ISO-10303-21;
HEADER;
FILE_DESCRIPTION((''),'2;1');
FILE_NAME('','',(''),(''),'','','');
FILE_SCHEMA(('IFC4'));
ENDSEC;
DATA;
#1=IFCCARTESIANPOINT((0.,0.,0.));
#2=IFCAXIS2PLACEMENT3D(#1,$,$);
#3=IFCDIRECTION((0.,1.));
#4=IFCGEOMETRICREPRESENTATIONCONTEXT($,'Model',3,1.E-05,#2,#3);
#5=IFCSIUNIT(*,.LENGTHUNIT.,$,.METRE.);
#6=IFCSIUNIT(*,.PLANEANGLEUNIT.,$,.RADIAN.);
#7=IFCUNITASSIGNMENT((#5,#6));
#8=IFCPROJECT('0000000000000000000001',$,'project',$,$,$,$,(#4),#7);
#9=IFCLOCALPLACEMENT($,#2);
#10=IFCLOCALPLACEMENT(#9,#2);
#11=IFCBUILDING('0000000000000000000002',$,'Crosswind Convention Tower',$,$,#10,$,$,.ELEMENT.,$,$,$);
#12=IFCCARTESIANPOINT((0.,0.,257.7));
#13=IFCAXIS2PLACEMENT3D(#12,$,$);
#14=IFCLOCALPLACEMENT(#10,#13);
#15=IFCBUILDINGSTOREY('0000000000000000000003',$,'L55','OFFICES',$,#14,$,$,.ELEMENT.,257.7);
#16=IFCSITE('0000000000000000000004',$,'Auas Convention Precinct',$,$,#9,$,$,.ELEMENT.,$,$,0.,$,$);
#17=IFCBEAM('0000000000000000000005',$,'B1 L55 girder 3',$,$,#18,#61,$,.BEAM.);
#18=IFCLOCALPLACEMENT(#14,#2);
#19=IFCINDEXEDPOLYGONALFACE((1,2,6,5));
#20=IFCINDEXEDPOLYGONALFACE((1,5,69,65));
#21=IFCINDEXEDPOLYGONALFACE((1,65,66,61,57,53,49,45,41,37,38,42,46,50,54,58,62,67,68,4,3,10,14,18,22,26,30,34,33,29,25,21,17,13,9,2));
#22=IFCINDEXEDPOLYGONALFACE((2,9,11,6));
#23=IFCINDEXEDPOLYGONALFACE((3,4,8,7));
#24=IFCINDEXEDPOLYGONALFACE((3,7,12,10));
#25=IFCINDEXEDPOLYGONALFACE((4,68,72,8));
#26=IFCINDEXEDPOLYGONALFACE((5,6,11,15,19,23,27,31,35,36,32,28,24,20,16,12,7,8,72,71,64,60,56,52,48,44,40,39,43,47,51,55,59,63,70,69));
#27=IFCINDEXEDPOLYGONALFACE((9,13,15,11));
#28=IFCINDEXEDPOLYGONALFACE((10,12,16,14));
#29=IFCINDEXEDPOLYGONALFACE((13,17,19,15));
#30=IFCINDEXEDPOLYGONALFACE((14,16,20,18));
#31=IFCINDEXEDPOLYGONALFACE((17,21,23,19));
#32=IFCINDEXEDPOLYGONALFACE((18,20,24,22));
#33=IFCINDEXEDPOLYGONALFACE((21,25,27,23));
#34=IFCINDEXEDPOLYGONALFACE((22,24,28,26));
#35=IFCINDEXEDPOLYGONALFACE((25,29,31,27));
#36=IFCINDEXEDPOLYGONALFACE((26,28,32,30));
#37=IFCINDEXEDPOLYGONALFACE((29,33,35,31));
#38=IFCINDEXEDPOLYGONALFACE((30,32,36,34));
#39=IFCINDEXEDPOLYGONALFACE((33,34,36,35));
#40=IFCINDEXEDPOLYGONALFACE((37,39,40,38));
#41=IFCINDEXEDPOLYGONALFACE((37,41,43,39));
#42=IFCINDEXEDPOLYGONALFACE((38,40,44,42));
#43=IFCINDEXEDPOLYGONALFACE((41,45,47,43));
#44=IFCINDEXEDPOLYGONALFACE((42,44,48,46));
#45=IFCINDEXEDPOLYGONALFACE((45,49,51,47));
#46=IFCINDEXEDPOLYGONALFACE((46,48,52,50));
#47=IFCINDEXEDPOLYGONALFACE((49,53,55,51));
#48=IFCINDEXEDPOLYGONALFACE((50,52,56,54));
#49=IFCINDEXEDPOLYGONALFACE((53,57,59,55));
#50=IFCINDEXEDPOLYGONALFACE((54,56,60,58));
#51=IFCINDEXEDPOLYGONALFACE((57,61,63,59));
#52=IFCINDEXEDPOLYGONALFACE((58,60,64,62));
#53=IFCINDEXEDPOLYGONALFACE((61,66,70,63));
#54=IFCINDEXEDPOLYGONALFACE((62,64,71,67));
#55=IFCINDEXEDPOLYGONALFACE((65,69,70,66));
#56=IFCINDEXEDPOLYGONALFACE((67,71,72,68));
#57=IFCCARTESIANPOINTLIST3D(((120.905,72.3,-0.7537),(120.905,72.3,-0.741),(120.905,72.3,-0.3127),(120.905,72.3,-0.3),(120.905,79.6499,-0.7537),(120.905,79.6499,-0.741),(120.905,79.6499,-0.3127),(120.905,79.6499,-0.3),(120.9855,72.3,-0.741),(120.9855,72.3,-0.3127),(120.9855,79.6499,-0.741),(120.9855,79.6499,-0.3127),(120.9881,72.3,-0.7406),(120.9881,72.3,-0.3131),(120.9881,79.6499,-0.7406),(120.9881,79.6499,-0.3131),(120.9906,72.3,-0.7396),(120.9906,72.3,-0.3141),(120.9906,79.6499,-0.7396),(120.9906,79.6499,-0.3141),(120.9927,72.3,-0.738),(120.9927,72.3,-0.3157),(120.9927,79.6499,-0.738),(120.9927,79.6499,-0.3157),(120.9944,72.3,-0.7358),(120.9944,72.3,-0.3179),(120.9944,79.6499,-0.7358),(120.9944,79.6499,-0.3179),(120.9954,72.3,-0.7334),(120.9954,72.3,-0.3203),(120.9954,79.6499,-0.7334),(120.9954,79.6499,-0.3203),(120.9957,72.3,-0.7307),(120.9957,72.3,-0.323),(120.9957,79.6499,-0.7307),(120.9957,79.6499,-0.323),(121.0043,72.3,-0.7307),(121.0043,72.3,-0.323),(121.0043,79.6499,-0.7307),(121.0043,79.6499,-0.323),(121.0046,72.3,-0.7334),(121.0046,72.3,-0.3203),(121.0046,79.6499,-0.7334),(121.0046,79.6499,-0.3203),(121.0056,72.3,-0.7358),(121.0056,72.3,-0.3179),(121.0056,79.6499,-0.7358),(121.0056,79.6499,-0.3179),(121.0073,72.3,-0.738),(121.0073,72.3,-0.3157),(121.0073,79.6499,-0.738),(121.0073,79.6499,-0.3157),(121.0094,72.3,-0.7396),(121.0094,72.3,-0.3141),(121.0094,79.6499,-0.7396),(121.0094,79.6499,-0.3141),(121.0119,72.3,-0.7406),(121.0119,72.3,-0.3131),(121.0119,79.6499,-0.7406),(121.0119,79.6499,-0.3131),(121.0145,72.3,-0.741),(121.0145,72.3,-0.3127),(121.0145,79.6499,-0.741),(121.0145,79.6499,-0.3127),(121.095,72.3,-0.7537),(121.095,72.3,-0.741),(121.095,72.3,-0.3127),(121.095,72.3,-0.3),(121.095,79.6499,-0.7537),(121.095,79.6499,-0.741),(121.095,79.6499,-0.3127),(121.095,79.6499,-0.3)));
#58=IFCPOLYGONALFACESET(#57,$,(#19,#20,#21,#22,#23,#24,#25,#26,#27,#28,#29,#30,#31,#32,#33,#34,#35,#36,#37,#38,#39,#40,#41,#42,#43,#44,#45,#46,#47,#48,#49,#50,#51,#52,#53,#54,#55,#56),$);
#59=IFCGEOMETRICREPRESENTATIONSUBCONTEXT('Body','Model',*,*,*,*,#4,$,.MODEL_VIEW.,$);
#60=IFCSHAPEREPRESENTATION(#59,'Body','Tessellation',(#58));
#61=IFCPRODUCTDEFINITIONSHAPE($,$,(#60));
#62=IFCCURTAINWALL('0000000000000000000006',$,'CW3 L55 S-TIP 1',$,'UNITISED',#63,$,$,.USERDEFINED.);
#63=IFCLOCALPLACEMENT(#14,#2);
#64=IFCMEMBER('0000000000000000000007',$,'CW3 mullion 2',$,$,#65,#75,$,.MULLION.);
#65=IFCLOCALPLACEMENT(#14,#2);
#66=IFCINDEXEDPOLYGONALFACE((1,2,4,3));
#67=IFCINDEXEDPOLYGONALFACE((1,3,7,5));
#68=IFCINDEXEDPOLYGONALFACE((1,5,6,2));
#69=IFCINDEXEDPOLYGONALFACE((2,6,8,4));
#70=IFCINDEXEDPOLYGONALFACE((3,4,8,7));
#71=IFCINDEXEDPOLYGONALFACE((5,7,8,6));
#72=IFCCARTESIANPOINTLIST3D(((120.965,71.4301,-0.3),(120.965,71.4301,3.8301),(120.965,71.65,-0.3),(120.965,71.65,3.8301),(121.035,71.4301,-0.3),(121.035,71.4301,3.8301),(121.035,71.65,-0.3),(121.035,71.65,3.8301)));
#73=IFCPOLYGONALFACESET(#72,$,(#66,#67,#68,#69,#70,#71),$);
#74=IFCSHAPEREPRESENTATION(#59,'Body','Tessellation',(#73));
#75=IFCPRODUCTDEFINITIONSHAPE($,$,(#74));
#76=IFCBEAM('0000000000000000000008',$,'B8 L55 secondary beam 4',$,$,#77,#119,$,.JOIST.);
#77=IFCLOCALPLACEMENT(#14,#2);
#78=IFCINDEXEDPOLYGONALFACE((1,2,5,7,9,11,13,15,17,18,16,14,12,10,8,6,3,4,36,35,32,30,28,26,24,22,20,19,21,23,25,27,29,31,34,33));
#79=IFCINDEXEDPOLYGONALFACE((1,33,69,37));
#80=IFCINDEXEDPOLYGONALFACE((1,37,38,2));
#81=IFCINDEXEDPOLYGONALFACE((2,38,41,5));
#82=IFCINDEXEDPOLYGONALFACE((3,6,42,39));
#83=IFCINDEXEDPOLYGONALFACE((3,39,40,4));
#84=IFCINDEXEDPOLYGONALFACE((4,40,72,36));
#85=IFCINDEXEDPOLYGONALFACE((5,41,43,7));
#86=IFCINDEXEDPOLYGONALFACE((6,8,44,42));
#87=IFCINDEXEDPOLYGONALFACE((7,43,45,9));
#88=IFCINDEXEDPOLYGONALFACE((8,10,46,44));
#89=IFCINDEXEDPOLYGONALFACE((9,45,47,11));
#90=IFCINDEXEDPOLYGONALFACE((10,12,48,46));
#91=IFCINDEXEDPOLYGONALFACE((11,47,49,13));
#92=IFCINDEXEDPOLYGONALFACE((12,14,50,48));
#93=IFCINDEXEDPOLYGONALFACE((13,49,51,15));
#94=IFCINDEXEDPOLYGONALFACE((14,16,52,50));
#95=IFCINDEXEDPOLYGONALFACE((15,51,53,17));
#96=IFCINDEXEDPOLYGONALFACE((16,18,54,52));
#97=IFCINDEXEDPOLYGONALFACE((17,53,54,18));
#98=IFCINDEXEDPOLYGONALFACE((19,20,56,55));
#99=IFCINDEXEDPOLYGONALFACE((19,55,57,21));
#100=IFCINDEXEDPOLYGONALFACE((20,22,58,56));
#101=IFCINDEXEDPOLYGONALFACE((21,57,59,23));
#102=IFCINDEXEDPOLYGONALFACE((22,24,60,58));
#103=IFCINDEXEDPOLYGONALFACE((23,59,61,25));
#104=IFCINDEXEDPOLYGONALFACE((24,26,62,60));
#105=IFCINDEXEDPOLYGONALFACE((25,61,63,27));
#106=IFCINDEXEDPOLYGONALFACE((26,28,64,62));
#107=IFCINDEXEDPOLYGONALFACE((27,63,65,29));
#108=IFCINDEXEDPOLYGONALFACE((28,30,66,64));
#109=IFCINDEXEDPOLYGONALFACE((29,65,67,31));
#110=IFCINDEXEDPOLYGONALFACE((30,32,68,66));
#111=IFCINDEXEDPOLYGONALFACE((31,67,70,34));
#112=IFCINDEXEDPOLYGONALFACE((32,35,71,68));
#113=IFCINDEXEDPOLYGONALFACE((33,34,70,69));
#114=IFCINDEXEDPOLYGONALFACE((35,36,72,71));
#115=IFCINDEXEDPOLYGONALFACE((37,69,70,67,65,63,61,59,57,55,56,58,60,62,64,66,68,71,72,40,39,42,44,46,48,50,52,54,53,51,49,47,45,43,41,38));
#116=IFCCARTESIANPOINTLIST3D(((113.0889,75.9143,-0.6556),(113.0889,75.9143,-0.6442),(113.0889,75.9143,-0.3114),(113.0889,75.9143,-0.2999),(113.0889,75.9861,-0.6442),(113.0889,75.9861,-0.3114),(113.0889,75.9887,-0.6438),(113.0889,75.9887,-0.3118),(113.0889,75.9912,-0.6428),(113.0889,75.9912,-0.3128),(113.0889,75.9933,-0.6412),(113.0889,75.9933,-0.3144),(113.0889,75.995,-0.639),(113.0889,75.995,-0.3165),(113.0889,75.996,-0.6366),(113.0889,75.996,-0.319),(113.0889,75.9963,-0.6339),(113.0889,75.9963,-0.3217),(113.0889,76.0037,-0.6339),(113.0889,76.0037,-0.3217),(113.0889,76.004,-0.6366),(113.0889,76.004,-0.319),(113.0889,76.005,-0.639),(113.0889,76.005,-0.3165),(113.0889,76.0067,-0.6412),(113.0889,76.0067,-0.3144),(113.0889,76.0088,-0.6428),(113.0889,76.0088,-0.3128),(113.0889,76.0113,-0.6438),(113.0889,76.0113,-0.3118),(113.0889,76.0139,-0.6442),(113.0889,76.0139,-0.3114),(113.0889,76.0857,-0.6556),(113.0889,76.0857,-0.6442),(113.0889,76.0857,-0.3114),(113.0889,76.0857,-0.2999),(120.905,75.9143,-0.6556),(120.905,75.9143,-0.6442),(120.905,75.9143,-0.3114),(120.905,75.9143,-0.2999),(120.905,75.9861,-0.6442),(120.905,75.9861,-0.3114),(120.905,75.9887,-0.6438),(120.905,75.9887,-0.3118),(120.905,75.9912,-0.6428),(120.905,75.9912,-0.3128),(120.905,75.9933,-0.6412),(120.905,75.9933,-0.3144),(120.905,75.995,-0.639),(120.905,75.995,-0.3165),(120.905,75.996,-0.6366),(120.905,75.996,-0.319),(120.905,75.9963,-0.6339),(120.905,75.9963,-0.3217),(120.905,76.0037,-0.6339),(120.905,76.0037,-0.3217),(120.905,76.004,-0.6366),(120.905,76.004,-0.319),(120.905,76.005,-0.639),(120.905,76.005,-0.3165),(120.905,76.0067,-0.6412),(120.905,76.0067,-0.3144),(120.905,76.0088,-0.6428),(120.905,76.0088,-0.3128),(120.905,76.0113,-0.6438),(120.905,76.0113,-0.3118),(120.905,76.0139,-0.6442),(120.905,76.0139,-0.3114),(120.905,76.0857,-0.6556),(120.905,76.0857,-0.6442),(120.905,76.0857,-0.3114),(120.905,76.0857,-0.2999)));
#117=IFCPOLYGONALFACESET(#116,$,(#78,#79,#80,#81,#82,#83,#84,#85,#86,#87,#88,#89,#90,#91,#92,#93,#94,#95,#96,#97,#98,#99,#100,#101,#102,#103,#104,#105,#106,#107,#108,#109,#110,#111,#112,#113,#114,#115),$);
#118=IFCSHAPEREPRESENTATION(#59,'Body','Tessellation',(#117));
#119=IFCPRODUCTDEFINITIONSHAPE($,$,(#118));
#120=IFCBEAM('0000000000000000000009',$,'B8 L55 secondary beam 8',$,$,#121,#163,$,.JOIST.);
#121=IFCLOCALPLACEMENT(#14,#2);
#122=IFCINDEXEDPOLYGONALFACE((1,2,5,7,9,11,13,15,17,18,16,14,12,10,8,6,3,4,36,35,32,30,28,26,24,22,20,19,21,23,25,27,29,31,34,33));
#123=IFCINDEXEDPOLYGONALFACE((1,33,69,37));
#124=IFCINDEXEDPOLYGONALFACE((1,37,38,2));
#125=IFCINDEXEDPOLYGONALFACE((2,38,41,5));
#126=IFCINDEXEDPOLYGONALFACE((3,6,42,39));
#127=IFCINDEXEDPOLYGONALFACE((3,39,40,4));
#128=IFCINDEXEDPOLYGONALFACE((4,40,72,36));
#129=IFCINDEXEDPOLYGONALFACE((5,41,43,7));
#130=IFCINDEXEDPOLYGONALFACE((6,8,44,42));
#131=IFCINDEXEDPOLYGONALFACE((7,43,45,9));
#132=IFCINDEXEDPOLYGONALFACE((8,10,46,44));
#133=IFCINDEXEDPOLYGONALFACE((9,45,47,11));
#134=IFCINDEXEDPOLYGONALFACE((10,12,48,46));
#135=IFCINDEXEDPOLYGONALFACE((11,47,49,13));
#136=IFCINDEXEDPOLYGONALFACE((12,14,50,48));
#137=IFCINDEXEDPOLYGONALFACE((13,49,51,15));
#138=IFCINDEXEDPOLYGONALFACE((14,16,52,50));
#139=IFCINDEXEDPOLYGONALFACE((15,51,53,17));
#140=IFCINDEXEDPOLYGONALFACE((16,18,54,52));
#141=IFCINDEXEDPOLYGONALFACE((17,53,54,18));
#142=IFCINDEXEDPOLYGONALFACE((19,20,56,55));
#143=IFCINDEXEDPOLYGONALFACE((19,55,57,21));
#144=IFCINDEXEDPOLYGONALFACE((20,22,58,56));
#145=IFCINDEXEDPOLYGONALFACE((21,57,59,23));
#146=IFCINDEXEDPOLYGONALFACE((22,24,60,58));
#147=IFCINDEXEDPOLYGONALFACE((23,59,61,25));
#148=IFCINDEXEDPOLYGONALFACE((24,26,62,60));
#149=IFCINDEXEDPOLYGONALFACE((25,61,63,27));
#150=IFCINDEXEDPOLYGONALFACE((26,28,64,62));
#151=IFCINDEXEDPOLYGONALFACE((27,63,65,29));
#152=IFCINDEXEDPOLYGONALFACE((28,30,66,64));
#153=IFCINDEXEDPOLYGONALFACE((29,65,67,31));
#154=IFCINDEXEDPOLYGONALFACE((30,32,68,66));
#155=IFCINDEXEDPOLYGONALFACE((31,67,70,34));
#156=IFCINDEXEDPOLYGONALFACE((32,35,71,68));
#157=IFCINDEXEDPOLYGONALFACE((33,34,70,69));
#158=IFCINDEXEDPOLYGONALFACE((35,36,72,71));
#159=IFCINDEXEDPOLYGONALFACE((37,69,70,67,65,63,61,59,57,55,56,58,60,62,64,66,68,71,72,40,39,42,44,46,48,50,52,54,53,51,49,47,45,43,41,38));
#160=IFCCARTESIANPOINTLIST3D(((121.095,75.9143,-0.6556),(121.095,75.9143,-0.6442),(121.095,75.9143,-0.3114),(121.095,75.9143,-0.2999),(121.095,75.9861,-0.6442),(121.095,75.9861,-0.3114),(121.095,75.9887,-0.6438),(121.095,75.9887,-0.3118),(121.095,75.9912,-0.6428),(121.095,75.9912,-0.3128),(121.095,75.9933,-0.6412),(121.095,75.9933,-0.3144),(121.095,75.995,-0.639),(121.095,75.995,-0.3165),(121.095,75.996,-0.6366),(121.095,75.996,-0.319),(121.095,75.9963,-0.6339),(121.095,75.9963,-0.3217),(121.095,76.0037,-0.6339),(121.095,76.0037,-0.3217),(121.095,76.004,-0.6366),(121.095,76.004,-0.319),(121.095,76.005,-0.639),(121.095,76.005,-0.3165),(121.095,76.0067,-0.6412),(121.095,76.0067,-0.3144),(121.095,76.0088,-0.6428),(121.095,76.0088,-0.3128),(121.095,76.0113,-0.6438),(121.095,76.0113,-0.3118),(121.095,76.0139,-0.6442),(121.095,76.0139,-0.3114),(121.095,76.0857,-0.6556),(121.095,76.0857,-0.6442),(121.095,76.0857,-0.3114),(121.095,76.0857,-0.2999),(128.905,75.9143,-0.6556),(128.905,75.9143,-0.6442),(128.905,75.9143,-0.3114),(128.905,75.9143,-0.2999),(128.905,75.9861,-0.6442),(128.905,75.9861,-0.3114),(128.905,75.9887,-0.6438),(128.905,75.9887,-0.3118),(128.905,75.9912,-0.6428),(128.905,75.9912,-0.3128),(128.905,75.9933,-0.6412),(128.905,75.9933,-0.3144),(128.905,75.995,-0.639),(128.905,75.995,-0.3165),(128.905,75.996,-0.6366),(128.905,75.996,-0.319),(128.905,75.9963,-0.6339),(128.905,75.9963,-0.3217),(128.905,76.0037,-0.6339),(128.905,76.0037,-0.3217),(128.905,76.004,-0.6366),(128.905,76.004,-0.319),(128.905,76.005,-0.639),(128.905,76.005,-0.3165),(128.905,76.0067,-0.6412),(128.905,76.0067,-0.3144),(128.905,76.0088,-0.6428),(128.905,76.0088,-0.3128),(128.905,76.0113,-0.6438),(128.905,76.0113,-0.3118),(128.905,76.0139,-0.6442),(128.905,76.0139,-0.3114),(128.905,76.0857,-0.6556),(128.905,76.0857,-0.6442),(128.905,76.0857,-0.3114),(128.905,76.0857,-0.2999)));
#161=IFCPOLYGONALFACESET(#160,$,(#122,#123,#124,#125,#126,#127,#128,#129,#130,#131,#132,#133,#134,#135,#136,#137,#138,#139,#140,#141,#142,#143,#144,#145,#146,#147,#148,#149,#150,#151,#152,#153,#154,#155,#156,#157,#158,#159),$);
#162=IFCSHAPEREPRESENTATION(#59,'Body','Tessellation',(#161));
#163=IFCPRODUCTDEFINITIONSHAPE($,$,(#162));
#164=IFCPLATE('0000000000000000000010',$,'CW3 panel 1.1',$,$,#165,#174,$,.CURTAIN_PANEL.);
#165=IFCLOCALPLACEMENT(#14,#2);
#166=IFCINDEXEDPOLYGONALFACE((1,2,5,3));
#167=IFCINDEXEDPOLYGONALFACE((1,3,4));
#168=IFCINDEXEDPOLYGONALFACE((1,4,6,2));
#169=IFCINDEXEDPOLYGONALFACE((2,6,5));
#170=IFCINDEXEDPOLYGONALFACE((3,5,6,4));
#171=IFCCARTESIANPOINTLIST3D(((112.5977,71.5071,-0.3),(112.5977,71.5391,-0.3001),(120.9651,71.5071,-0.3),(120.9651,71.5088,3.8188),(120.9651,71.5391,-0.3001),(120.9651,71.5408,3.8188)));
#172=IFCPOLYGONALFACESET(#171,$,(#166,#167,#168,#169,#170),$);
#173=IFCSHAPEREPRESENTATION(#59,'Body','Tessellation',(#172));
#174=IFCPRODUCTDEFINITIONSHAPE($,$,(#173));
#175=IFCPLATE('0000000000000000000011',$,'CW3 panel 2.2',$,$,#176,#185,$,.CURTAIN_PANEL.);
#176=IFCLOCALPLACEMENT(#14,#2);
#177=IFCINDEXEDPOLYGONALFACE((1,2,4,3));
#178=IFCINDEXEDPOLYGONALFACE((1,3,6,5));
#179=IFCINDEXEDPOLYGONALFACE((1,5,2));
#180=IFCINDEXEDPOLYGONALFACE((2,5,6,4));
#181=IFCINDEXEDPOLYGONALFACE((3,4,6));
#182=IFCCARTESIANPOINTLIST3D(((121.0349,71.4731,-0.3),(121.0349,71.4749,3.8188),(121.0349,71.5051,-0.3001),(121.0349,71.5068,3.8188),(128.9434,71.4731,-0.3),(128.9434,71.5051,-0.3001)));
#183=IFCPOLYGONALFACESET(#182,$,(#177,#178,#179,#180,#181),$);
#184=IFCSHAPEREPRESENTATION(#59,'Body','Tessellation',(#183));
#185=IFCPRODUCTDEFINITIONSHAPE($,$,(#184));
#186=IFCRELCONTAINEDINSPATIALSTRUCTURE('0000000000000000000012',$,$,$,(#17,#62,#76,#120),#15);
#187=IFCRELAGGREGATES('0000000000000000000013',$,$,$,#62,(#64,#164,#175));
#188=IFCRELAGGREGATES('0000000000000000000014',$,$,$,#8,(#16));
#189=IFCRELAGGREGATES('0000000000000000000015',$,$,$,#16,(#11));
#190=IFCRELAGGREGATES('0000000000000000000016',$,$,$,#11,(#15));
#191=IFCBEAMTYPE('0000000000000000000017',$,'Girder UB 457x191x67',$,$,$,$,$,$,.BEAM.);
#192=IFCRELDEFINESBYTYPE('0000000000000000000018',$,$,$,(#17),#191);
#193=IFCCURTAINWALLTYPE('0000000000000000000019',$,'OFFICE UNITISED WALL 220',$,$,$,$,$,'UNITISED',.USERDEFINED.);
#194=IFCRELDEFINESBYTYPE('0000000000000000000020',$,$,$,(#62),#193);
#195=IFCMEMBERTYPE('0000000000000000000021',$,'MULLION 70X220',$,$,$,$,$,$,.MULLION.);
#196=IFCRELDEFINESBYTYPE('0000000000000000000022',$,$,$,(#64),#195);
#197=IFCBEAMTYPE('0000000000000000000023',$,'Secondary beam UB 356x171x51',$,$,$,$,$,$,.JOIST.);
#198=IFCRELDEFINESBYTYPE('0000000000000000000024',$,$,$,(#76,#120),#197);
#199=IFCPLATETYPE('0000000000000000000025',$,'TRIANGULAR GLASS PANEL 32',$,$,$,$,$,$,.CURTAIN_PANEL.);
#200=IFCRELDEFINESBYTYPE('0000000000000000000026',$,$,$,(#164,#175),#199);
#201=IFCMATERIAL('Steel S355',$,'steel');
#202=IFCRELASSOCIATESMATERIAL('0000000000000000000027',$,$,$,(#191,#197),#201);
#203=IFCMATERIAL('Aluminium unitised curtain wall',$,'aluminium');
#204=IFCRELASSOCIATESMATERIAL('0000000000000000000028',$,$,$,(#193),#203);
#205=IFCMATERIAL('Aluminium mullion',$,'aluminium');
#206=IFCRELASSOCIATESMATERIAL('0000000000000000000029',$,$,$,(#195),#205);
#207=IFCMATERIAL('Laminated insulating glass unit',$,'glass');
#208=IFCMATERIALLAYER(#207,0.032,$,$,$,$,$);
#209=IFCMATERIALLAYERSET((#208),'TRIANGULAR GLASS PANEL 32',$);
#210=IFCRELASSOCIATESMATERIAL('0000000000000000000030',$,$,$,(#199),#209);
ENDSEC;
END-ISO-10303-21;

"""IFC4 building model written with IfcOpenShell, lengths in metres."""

from ifc_helpers import new_model, si_unit, direction, frame, origin, origin_2d, place, context, subcontext, project, spatial, polyline, rectangle, i_section, outline, extrude, material, layer, layer_set, material_profile, profile_set, type_object, element, aggregate, save


model = new_model("IFC4")

# Units and contexts
model_context = context("Model", 3, precision=1e-05, world=origin(), true_north=direction((0.0, 1.0)))
body_context = subcontext(model_context, "Body", "Model", "MODEL_VIEW")
ifc_project = project(units=[si_unit("LENGTHUNIT", "METRE"), si_unit("PLANEANGLEUNIT", "RADIAN")], contexts=[model_context])

# Site, building, storey
site_placement = place(None, origin())
site = spatial("IfcSite", under=ifc_project, at=site_placement, Name="Auas Convention Precinct", CompositionType="ELEMENT", RefElevation=0.0)
building_placement = place(site_placement, origin())
building = spatial("IfcBuilding", under=site, at=building_placement, Name="Crosswind Convention Tower", CompositionType="ELEMENT")
storey_placement = place(building_placement, frame((0.0, 0.0, 257.7)))
storey = spatial("IfcBuildingStorey", under=building, at=storey_placement, Name="L55", Description="OFFICES", CompositionType="ELEMENT", Elevation=257.7)

# Beam
ifc_material_1 = material(Name="Steel S355", Category="steel")
ifc_material_profile_1 = material_profile(ifc_material_1, i_section(OverallWidth=0.1899, OverallDepth=0.4536, WebThickness=0.0085, FlangeThickness=0.0127, FilletRadius=0.0103, at=origin_2d()), Name="UB 457x191x67")
ifc_profile_set_1 = profile_set([ifc_material_profile_1], Name="Steel S355")
beam_type_1 = type_object("IfcBeamType", Name="Girder UB 457x191x67", PredefinedType="BEAM", material=ifc_profile_set_1)
for number, where, z_axis, x_axis, name in (
    (1, (121.0, 72.3, -0.5269), (0.0, 1.0, 0.0), (-1.0, 0.0, 0.0), "B1 L55 girder 3"),
):
    element("IfcBeam", number, at=place(storey_placement, frame(where, z_axis=z_axis, x_axis=x_axis)), inside=storey, type_object=beam_type_1, Name=name, PredefinedType="BEAM", context=body_context, shape_type="SweptSolid", body=[
        extrude(i_section(OverallWidth=0.1899, OverallDepth=0.4536, WebThickness=0.0085, FlangeThickness=0.0127, FilletRadius=0.0103, at=origin_2d()), origin(), (0.0, 0.0, 1.0), 7.3499),
    ])

# Curtain wall, member
ifc_material_2 = material(Name="Aluminium unitised curtain wall", Category="aluminium")
curtain_wall_type = type_object("IfcCurtainWallType", Name="OFFICE UNITISED WALL 220", ElementType="UNITISED", PredefinedType="USERDEFINED", material=ifc_material_2)
curtain_wall_placement = place(storey_placement, origin())
curtain_wall = element("IfcCurtainWall", 2, at=curtain_wall_placement, inside=storey, type_object=curtain_wall_type, Name="CW3 L55 S-TIP 1", ObjectType="UNITISED", PredefinedType="USERDEFINED")
ifc_material_3 = material(Name="Aluminium mullion", Category="aluminium")
ifc_material_profile_2 = material_profile(ifc_material_3, rectangle(XDim=0.22, YDim=0.0701, at=origin_2d()), Name="AL 220X70")
ifc_profile_set_2 = profile_set([ifc_material_profile_2], Name="Aluminium mullion")
member_type = type_object("IfcMemberType", Name="MULLION 70X220", PredefinedType="MULLION", material=ifc_profile_set_2)
member_placement = place(storey_placement, frame((121.0, 71.54, -0.3), z_axis=(0.0, 0.0, 1.0), x_axis=(0.0, -1.0, 0.0)))
member = element("IfcMember", 3, at=member_placement, type_object=member_type, Name="CW3 mullion 2", PredefinedType="MULLION", context=body_context, shape_type="SweptSolid", body=[
    extrude(rectangle(XDim=0.22, YDim=0.0701, at=origin_2d()), origin(), (0.0, 0.0, 1.0), 4.1301),
])

# Beams
ifc_material_profile_3 = material_profile(ifc_material_1, i_section(OverallWidth=0.1714, OverallDepth=0.3557, WebThickness=0.0073, FlangeThickness=0.0115, FilletRadius=0.0103, at=origin_2d()), Name="UB 356x171x51")
ifc_profile_set_3 = profile_set([ifc_material_profile_3], Name="Steel S355")
beam_type_2 = type_object("IfcBeamType", Name="Secondary beam UB 356x171x51", PredefinedType="JOIST", material=ifc_profile_set_3)
beam_1_placement = place(storey_placement, frame((113.0889, 76.0, -0.4778), z_axis=(1.0, 0.0, 0.0), x_axis=(0.0, 1.0, 0.0)))
element("IfcBeam", 4, at=beam_1_placement, inside=storey, type_object=beam_type_2, Name="B8 L55 secondary beam 4", PredefinedType="JOIST", context=body_context, shape_type="SweptSolid", body=[
    extrude(i_section(OverallWidth=0.1714, OverallDepth=0.3557, WebThickness=0.0073, FlangeThickness=0.0115, FilletRadius=0.0103, at=origin_2d()), origin(), (0.0, 0.0, 1.0), 7.8162),
])
beam_2_placement = place(storey_placement, frame((121.095, 76.0, -0.4778), z_axis=(1.0, 0.0, 0.0), x_axis=(0.0, 1.0, 0.0)))
element("IfcBeam", 5, at=beam_2_placement, inside=storey, type_object=beam_type_2, Name="B8 L55 secondary beam 8", PredefinedType="JOIST", context=body_context, shape_type="SweptSolid", body=[
    extrude(i_section(OverallWidth=0.1714, OverallDepth=0.3557, WebThickness=0.0073, FlangeThickness=0.0115, FilletRadius=0.0103, at=origin_2d()), origin(), (0.0, 0.0, 1.0), 7.8101),
])

# Plates
ifc_material_4 = material(Name="Laminated insulating glass unit", Category="glass")
ifc_layer_1 = layer(ifc_material_4, 0.032)
ifc_layer_set_1 = layer_set([ifc_layer_1], Name="TRIANGULAR GLASS PANEL 32")
plate_type = type_object("IfcPlateType", Name="TRIANGULAR GLASS PANEL 32", PredefinedType="CURTAIN_PANEL", material=ifc_layer_set_1)
plate_1_placement = place(storey_placement, frame((120.9651, 71.5071, -0.3), z_axis=(0.0, -1.0, 0.000415), x_axis=(0.0, 0.000415, 1.0)))
plate_1 = element("IfcPlate", 6, at=plate_1_placement, type_object=plate_type, Name="CW3 panel 1.1", PredefinedType="CURTAIN_PANEL", context=body_context, shape_type="SweptSolid", body=[
    extrude(outline(polyline([(0.0, 0.0), (4.1189, 0.0), (0.0, 8.3674), (0.0, 0.0)])), origin(), (0.0, 0.0, -1.0), 0.032),
])
plate_2_placement = place(storey_placement, frame((121.0349, 71.4731, -0.3), z_axis=(0.0, -1.0, 0.000415), x_axis=(1.0, 0.0, 0.0)))
plate_2 = element("IfcPlate", 7, at=plate_2_placement, type_object=plate_type, Name="CW3 panel 2.2", PredefinedType="CURTAIN_PANEL", context=body_context, shape_type="SweptSolid", body=[
    extrude(outline(polyline([(0.0, 0.0), (7.9084, 0.0), (0.0, 4.1189), (0.0, 0.0)])), origin(), (0.0, 0.0, -1.0), 0.032),
])
aggregate(curtain_wall, [member, plate_1, plate_2])

save(model, "model.ifc")
